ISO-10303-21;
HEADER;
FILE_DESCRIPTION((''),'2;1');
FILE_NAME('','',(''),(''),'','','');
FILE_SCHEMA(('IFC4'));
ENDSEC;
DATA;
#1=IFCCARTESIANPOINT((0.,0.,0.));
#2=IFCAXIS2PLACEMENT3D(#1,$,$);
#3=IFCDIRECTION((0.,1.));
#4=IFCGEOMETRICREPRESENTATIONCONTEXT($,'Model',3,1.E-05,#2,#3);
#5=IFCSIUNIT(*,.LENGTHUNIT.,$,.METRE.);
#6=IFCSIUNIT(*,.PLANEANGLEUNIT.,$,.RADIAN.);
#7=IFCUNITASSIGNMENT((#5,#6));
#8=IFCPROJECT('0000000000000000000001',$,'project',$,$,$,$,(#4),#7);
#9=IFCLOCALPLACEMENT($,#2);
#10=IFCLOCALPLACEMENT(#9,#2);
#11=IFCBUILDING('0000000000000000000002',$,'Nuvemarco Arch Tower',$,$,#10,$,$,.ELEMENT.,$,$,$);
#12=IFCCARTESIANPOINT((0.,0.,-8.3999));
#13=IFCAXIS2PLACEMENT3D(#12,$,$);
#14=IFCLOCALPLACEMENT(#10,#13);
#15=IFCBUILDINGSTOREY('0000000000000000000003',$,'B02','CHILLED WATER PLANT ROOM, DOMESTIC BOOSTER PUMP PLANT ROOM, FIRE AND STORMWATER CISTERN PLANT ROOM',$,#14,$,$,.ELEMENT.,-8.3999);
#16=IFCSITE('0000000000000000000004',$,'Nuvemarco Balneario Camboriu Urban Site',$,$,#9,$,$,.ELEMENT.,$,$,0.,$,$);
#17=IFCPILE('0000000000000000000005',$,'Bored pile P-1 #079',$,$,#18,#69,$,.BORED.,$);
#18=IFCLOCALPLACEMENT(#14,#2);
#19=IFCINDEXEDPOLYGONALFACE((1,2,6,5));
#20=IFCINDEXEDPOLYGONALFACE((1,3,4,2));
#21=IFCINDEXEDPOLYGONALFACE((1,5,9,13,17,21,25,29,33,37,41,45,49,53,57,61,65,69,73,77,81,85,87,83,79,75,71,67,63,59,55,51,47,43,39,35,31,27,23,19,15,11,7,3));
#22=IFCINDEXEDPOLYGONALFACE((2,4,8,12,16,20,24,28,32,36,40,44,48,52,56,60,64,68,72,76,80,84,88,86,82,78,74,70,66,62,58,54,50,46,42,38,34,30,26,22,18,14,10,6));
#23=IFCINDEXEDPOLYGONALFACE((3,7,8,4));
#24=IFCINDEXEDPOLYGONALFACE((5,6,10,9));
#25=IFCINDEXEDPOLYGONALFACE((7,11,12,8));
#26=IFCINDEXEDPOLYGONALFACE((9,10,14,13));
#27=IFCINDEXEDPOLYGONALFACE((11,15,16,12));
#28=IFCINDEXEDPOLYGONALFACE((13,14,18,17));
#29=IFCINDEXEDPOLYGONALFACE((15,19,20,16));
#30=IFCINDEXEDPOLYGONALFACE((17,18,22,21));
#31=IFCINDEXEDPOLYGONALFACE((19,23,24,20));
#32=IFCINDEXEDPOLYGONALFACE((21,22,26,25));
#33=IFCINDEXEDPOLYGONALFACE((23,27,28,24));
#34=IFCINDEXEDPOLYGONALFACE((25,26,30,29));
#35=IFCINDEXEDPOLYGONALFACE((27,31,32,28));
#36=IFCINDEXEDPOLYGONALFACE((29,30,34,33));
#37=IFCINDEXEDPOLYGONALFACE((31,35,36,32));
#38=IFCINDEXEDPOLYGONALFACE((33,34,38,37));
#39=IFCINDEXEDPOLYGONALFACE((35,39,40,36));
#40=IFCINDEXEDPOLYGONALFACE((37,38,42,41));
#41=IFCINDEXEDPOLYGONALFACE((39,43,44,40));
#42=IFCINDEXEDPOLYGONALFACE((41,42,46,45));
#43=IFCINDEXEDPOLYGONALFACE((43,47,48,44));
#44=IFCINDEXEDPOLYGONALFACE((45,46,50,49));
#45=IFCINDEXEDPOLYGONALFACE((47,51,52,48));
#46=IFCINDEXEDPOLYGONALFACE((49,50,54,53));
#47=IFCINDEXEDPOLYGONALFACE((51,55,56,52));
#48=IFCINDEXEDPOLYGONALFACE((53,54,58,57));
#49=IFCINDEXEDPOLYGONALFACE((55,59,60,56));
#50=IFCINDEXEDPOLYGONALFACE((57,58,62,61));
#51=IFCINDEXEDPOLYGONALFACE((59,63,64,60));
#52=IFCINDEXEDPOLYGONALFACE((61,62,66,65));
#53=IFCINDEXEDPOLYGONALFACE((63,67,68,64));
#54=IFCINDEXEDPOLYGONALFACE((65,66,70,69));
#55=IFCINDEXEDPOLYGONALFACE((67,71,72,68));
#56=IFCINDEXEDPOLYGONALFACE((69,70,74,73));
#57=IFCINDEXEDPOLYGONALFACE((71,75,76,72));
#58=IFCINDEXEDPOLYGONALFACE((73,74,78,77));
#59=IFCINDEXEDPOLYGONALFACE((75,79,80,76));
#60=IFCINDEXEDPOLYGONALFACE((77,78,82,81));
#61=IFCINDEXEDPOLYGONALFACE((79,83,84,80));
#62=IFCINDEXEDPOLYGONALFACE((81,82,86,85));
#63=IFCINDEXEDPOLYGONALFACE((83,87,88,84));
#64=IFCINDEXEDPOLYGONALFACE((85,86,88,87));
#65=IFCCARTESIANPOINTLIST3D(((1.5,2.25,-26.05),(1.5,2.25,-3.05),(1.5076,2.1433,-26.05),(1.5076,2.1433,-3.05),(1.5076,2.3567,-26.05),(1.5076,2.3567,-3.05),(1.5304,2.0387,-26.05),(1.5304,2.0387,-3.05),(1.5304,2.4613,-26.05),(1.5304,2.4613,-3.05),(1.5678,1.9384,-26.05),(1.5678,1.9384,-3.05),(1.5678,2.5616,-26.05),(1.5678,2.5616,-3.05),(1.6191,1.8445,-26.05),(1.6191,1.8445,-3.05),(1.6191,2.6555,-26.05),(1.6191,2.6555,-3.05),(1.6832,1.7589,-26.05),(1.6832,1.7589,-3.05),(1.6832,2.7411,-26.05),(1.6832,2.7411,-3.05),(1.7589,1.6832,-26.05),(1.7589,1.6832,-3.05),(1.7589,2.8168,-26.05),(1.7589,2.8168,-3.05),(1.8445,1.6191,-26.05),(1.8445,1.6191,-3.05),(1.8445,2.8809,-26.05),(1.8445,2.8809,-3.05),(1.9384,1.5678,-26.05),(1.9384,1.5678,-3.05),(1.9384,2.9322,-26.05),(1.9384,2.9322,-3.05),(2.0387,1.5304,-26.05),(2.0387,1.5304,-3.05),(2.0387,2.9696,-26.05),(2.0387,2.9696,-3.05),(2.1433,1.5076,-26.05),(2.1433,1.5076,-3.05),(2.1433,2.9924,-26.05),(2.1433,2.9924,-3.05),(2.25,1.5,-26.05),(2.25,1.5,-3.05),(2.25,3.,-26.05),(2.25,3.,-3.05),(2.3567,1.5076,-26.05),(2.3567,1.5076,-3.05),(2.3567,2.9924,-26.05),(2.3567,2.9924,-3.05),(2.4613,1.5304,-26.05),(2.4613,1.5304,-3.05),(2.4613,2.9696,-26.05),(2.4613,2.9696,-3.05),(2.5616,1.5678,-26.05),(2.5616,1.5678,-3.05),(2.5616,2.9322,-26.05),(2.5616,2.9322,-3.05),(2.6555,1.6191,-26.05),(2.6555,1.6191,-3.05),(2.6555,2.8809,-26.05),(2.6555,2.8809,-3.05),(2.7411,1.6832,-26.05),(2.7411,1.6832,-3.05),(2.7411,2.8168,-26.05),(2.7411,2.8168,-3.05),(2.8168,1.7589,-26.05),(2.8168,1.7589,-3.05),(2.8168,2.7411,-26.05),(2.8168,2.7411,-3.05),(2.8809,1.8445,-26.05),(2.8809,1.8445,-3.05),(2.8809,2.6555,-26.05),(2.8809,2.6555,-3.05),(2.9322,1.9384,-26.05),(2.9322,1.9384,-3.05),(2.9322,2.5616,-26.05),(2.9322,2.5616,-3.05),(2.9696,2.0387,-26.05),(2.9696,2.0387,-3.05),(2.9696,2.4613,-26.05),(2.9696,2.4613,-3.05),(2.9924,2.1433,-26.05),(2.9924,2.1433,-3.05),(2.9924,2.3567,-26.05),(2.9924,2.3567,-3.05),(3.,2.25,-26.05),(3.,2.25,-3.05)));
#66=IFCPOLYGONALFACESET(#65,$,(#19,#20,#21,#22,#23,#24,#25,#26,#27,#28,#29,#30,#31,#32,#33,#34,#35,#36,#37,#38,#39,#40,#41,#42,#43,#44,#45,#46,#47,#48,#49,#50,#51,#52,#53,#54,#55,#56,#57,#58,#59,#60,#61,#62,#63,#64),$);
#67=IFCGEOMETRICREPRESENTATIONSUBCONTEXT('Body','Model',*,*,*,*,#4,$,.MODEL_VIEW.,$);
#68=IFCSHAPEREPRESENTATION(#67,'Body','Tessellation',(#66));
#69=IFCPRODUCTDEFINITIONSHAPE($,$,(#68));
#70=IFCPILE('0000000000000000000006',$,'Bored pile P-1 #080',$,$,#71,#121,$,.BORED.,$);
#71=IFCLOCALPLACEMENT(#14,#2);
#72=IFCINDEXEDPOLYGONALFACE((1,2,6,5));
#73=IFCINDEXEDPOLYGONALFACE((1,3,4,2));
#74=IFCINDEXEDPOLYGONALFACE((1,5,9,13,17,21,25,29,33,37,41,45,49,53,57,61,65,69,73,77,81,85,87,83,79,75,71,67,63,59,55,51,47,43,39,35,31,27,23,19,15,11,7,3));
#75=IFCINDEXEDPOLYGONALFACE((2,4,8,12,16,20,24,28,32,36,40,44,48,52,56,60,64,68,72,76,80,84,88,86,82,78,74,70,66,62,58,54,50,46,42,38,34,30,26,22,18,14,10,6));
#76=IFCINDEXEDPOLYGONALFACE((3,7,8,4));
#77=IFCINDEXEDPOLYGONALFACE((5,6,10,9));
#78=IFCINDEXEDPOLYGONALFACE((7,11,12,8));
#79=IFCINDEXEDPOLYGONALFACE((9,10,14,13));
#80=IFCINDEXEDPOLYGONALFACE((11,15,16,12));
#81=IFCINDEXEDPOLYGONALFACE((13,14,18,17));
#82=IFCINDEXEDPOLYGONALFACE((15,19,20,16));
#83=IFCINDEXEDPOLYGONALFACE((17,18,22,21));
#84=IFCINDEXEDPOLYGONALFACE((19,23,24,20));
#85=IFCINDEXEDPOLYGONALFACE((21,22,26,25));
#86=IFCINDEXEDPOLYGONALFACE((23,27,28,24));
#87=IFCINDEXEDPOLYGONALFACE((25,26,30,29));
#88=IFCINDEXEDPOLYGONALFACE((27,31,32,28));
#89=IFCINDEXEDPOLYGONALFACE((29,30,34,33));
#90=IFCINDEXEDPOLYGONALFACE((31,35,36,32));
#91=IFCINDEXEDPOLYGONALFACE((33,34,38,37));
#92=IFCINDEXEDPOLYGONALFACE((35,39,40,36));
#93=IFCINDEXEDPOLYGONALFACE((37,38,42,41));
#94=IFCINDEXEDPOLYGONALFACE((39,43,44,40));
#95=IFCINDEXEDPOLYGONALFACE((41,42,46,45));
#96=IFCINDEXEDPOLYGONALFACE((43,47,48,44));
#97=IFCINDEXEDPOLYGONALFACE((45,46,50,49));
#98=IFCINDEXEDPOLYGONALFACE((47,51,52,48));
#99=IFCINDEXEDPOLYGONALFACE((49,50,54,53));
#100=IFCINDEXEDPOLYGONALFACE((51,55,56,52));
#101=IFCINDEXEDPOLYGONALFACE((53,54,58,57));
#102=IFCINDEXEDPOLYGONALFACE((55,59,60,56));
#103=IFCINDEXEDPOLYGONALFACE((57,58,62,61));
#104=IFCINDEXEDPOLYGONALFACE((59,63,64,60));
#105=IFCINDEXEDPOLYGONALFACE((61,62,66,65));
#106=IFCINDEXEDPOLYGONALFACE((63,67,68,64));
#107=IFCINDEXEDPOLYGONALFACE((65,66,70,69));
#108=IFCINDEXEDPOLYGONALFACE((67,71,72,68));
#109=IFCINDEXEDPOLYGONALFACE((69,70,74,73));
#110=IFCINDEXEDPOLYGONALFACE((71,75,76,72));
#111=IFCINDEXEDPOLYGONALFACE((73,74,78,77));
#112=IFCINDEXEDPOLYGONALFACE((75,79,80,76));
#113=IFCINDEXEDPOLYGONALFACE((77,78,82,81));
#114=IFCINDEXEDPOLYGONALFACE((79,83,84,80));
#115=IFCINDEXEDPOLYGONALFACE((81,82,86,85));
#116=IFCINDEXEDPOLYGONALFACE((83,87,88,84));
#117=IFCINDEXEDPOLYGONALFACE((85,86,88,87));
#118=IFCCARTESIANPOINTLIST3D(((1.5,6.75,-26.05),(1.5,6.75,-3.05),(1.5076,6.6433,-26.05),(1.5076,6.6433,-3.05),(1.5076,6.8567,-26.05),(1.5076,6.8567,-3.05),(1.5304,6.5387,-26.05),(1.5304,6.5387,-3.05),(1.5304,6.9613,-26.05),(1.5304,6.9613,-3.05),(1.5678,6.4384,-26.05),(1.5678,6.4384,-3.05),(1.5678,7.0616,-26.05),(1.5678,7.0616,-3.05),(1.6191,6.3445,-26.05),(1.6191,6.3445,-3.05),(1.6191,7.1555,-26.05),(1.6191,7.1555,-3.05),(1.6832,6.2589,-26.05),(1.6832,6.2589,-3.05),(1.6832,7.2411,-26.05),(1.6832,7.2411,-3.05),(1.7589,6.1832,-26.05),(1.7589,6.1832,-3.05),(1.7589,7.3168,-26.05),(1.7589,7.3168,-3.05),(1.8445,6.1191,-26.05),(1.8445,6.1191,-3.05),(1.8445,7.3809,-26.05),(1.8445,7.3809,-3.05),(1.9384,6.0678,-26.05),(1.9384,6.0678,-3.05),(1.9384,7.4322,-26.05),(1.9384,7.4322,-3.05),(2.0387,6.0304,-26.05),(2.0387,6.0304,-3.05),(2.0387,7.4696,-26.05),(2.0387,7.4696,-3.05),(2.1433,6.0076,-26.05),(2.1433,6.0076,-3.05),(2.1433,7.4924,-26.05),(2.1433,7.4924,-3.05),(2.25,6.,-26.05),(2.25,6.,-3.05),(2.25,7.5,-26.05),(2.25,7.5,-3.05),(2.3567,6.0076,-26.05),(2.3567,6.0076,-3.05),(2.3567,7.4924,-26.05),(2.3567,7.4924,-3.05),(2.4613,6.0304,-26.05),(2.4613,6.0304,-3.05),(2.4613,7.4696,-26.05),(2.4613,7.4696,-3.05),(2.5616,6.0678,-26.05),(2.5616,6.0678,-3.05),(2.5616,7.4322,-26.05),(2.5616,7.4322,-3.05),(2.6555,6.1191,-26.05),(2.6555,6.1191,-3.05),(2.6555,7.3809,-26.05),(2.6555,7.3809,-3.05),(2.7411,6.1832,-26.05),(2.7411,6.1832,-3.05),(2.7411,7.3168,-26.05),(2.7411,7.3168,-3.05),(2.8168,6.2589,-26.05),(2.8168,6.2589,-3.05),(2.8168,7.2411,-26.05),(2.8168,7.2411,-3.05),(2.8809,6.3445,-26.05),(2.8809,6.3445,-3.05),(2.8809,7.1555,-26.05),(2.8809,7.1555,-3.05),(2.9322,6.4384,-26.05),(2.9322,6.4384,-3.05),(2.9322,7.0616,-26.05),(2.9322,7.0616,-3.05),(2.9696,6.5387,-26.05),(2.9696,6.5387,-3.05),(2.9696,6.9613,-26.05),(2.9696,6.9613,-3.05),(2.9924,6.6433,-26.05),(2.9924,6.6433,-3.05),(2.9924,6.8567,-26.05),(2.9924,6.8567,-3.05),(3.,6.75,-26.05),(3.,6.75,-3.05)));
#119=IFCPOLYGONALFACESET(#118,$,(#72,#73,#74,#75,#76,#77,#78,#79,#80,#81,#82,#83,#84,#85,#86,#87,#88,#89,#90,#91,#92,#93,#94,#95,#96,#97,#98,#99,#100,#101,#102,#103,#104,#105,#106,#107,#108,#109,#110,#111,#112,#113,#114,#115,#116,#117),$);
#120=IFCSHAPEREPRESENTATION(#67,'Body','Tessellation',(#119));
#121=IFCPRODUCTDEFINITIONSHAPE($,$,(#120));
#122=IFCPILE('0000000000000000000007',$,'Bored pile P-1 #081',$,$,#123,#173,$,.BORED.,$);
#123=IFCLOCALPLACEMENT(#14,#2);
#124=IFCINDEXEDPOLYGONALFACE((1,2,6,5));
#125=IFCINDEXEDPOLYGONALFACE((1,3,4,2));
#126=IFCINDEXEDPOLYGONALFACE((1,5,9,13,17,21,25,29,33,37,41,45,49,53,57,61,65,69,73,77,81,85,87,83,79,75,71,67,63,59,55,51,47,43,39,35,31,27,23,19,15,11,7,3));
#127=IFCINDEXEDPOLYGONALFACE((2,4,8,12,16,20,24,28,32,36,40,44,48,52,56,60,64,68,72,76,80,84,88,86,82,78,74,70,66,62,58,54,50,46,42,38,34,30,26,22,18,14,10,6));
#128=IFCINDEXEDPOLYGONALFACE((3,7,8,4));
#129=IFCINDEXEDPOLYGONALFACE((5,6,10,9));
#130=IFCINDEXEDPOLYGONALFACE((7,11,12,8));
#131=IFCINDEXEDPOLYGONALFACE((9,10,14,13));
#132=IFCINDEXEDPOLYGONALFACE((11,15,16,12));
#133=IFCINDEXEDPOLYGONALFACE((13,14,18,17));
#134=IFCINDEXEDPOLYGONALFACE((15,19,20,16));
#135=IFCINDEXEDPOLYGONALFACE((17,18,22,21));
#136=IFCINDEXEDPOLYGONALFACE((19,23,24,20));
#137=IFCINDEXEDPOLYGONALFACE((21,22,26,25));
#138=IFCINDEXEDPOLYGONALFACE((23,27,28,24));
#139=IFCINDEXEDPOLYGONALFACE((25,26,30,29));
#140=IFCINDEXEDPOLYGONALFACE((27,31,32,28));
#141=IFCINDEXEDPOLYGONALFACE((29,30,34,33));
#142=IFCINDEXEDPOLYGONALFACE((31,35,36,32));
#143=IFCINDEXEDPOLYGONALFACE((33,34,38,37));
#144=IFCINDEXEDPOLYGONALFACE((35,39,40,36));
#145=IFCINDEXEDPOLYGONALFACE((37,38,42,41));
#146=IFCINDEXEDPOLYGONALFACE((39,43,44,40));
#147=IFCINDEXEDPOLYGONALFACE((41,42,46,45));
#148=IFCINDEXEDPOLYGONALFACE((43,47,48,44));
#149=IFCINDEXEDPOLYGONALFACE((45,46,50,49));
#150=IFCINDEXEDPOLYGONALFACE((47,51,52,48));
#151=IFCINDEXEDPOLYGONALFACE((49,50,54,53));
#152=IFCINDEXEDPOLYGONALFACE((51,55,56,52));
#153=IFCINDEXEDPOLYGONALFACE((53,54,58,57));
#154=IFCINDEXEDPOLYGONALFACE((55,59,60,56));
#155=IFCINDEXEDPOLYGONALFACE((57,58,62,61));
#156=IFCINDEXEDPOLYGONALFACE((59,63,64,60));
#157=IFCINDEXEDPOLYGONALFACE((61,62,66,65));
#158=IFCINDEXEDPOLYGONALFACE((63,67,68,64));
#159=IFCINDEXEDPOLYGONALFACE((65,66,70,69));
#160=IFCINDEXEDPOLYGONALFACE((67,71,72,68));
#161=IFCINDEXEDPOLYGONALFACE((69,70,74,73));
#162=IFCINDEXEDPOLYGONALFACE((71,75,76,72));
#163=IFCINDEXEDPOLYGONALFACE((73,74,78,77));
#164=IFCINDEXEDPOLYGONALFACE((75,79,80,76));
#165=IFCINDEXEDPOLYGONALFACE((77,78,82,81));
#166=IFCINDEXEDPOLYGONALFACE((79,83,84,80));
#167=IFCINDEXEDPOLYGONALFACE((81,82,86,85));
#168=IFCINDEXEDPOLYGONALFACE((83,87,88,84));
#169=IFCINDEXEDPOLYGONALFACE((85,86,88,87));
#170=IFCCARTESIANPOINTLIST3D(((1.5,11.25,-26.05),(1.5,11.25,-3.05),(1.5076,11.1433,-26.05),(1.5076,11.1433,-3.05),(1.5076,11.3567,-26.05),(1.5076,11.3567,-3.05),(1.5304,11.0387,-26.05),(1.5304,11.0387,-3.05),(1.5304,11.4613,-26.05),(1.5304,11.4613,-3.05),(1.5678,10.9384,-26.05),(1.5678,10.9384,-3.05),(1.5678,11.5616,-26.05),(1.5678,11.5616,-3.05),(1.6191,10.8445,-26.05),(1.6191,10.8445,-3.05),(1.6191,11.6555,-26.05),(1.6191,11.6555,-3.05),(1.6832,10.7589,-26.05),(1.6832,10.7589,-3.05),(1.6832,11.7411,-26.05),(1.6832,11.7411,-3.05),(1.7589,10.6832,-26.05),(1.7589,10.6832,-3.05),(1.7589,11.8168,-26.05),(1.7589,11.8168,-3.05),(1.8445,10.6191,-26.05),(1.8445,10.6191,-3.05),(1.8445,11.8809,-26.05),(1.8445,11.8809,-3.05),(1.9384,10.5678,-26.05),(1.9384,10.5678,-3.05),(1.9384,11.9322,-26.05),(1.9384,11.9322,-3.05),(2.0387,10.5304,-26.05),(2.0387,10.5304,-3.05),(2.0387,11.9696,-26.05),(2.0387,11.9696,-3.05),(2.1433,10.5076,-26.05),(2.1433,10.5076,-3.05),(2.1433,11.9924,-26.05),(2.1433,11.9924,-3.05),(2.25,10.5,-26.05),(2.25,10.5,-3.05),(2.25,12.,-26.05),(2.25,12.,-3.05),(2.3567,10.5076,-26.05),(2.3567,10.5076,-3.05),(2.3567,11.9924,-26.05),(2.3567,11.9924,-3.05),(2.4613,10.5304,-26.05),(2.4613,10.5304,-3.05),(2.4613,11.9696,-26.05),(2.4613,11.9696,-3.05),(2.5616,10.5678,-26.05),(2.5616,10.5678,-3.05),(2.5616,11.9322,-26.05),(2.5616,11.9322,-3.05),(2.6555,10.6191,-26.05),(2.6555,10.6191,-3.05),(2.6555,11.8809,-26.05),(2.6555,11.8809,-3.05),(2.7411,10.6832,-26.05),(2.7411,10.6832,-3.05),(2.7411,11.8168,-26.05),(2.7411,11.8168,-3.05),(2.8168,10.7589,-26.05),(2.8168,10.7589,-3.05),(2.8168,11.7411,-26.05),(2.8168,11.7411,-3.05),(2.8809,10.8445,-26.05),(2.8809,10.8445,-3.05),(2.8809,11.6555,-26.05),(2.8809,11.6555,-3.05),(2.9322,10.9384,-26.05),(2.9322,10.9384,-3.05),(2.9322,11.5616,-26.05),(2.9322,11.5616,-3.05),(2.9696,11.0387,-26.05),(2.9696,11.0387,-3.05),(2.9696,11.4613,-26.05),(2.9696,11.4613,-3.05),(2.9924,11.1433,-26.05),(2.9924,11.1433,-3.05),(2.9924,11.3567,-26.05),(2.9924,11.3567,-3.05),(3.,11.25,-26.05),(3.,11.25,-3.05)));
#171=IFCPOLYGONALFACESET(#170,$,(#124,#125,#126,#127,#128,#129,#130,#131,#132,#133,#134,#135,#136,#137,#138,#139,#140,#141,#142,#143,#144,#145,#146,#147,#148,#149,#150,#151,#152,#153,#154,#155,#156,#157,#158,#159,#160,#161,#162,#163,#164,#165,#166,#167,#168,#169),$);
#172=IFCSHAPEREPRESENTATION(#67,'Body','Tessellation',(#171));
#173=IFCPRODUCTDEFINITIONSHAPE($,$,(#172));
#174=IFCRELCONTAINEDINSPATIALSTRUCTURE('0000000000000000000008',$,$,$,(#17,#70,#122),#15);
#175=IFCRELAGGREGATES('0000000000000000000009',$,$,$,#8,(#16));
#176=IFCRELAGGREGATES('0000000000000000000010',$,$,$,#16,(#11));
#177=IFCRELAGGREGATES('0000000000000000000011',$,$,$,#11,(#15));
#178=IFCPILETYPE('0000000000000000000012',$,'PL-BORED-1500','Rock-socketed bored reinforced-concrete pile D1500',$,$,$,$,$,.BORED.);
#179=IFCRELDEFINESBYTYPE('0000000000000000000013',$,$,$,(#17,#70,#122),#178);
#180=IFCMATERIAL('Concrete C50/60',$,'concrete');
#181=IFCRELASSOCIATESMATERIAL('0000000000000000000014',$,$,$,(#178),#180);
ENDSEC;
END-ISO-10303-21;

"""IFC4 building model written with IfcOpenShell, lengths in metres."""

from ifc_helpers import new_model, si_unit, direction, frame, origin, origin_2d, place, context, subcontext, project, spatial, circle, extrude, material, material_profile, profile_set, type_object, element, save


model = new_model("IFC4")

# Units and contexts
model_context = context("Model", 3, precision=1e-05, world=origin(), true_north=direction((0.0, 1.0)))
body_context = subcontext(model_context, "Body", "Model", "MODEL_VIEW")
ifc_project = project(units=[si_unit("LENGTHUNIT", "METRE"), si_unit("PLANEANGLEUNIT", "RADIAN")], contexts=[model_context])

# Site, building, storey
site_placement = place(None, origin())
site = spatial("IfcSite", under=ifc_project, at=site_placement, Name="Nuvemarco Balneario Camboriu Urban Site", CompositionType="ELEMENT", RefElevation=0.0)
building_placement = place(site_placement, origin())
building = spatial("IfcBuilding", under=site, at=building_placement, Name="Nuvemarco Arch Tower", CompositionType="ELEMENT")
storey_placement = place(building_placement, frame((0.0, 0.0, -8.3999)))
storey = spatial("IfcBuildingStorey", under=building, at=storey_placement, Name="B02", Description="CHILLED WATER PLANT ROOM, DOMESTIC BOOSTER PUMP PLANT ROOM, FIRE AND STORMWATER CISTERN PLANT ROOM", CompositionType="ELEMENT", Elevation=-8.3999)

# Piles
ifc_material_1 = material(Name="Concrete C50/60", Category="concrete")
ifc_material_profile_1 = material_profile(ifc_material_1, circle(Radius=0.75, at=origin_2d()), Name="PILE-D1500")
ifc_profile_set_1 = profile_set([ifc_material_profile_1], Name="Concrete C50/60")
pile_type = type_object("IfcPileType", Name="PL-BORED-1500", Description="Rock-socketed bored reinforced-concrete pile D1500", PredefinedType="BORED", material=ifc_profile_set_1)
for number, where, z_axis, x_axis, name in (
    (1, (2.25, 2.25, -3.05), (0.0, 0.0, -1.0), (1.0, 0.0, 0.0), "Bored pile P-1 #079"),
    (2, (2.25, 6.75, -3.05), (0.0, 0.0, -1.0), (1.0, 0.0, 0.0), "Bored pile P-1 #080"),
    (3, (2.25, 11.25, -3.05), (0.0, 0.0, -1.0), (1.0, 0.0, 0.0), "Bored pile P-1 #081"),
):
    element("IfcPile", number, at=place(storey_placement, frame(where, z_axis=z_axis, x_axis=x_axis)), inside=storey, type_object=pile_type, Name=name, PredefinedType="BORED", context=body_context, shape_type="SweptSolid", body=[
        extrude(circle(Radius=0.75, at=origin_2d()), origin(), (0.0, 0.0, 1.0), 23.0),
    ])

save(model, "model.ifc")
